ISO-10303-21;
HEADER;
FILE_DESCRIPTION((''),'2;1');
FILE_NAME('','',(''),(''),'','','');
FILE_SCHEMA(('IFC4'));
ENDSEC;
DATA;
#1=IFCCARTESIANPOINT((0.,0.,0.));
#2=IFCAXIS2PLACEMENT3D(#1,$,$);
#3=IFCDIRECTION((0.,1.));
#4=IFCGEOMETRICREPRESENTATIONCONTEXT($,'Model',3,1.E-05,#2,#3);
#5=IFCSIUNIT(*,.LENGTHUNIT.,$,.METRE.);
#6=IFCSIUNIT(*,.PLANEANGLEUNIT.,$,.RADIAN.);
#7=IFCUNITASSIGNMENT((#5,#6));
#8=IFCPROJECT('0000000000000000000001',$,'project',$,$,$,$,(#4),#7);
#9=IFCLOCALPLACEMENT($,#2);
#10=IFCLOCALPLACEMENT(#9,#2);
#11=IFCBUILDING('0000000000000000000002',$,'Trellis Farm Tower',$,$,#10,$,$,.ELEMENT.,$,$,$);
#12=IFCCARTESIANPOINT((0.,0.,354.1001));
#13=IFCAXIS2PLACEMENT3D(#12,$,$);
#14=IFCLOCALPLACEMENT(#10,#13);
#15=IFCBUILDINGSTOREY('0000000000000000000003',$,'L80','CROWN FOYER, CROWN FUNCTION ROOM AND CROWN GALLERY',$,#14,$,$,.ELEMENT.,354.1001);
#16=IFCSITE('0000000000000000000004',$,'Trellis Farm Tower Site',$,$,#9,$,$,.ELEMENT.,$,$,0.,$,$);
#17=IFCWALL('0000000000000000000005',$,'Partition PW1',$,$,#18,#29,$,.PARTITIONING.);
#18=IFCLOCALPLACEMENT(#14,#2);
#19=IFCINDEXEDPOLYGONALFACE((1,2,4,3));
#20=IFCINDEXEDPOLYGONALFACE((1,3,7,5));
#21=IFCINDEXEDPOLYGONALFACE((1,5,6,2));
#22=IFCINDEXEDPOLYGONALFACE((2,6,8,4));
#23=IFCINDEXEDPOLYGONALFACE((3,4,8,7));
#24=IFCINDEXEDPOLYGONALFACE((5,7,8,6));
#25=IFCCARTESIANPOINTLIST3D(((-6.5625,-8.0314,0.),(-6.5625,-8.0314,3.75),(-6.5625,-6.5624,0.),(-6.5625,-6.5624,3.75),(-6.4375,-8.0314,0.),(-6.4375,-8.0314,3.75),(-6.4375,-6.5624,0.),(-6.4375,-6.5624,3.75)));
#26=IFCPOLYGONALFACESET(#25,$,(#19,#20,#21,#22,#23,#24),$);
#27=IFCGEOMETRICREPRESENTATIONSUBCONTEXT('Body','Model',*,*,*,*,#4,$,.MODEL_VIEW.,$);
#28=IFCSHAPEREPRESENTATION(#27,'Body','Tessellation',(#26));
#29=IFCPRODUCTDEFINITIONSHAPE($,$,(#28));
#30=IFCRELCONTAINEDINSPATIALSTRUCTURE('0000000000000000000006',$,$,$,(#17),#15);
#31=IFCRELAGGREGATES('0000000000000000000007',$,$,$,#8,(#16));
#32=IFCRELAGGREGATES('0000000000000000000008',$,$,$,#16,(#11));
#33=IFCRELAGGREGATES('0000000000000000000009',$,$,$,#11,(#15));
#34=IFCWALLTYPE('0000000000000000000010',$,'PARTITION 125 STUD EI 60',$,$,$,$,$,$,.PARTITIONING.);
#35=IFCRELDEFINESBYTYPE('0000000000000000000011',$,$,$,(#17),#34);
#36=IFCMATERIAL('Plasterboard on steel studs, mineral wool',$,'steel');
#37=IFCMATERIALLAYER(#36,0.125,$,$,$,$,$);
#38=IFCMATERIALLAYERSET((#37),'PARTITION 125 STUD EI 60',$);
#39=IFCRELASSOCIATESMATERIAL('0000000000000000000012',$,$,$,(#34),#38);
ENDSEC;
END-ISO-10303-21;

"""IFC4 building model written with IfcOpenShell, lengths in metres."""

from ifc_helpers import new_model, si_unit, direction, frame, frame_2d, origin, place, context, subcontext, project, spatial, rectangle, extrude, source, transform, mapped, material, layer, layer_set, type_object, element, save


model = new_model("IFC4")

# Units and contexts
model_context = context("Model", 3, precision=1e-05, world=origin(), true_north=direction((0.0, 1.0)))
body_context = subcontext(model_context, "Body", "Model", "MODEL_VIEW")
ifc_project = project(units=[si_unit("LENGTHUNIT", "METRE"), si_unit("PLANEANGLEUNIT", "RADIAN")], contexts=[model_context])

# Site, building, storey
site_placement = place(None, origin())
site = spatial("IfcSite", under=ifc_project, at=site_placement, Name="Trellis Farm Tower Site", CompositionType="ELEMENT", RefElevation=0.0)
building_placement = place(site_placement, origin())
building = spatial("IfcBuilding", under=site, at=building_placement, Name="Trellis Farm Tower", CompositionType="ELEMENT")
storey_placement = place(building_placement, frame((0.0, 0.0, 354.1001)))
storey = spatial("IfcBuildingStorey", under=building, at=storey_placement, Name="L80", Description="CROWN FOYER, CROWN FUNCTION ROOM AND CROWN GALLERY", CompositionType="ELEMENT", Elevation=354.1001)

# Wall
ifc_material_1 = material(Name="Plasterboard on steel studs, mineral wool", Category="steel")
ifc_layer_1 = layer(ifc_material_1, 0.125)
ifc_layer_set_1 = layer_set([ifc_layer_1], Name="PARTITION 125 STUD EI 60")
wall_type_1 = type_object("IfcWallType", Name="PARTITION 125 STUD EI 60", PredefinedType="PARTITIONING", material=ifc_layer_set_1)
shared_shape_1 = source(origin(), body_context, "Body", "SweptSolid", [
    extrude(rectangle(XDim=1.469, YDim=0.125, at=frame_2d((0.7344, 0.0))), origin(), (0.0, 0.0, 1.0), 3.75),
])
wall_1_placement = place(storey_placement, frame((-6.5, -6.5625, 0.0), z_axis=(0.0, 0.0, 1.0), x_axis=(0.0, -1.0, 0.0)))
element("IfcWall", 1, at=wall_1_placement, inside=storey, type_object=wall_type_1, Name="Partition PW1", PredefinedType="PARTITIONING", context=body_context, shape_type="MappedRepresentation", body=[
    mapped(shared_shape_1, transform((0.0, 0.0, 0.0))),
])

save(model, "model.ifc")
